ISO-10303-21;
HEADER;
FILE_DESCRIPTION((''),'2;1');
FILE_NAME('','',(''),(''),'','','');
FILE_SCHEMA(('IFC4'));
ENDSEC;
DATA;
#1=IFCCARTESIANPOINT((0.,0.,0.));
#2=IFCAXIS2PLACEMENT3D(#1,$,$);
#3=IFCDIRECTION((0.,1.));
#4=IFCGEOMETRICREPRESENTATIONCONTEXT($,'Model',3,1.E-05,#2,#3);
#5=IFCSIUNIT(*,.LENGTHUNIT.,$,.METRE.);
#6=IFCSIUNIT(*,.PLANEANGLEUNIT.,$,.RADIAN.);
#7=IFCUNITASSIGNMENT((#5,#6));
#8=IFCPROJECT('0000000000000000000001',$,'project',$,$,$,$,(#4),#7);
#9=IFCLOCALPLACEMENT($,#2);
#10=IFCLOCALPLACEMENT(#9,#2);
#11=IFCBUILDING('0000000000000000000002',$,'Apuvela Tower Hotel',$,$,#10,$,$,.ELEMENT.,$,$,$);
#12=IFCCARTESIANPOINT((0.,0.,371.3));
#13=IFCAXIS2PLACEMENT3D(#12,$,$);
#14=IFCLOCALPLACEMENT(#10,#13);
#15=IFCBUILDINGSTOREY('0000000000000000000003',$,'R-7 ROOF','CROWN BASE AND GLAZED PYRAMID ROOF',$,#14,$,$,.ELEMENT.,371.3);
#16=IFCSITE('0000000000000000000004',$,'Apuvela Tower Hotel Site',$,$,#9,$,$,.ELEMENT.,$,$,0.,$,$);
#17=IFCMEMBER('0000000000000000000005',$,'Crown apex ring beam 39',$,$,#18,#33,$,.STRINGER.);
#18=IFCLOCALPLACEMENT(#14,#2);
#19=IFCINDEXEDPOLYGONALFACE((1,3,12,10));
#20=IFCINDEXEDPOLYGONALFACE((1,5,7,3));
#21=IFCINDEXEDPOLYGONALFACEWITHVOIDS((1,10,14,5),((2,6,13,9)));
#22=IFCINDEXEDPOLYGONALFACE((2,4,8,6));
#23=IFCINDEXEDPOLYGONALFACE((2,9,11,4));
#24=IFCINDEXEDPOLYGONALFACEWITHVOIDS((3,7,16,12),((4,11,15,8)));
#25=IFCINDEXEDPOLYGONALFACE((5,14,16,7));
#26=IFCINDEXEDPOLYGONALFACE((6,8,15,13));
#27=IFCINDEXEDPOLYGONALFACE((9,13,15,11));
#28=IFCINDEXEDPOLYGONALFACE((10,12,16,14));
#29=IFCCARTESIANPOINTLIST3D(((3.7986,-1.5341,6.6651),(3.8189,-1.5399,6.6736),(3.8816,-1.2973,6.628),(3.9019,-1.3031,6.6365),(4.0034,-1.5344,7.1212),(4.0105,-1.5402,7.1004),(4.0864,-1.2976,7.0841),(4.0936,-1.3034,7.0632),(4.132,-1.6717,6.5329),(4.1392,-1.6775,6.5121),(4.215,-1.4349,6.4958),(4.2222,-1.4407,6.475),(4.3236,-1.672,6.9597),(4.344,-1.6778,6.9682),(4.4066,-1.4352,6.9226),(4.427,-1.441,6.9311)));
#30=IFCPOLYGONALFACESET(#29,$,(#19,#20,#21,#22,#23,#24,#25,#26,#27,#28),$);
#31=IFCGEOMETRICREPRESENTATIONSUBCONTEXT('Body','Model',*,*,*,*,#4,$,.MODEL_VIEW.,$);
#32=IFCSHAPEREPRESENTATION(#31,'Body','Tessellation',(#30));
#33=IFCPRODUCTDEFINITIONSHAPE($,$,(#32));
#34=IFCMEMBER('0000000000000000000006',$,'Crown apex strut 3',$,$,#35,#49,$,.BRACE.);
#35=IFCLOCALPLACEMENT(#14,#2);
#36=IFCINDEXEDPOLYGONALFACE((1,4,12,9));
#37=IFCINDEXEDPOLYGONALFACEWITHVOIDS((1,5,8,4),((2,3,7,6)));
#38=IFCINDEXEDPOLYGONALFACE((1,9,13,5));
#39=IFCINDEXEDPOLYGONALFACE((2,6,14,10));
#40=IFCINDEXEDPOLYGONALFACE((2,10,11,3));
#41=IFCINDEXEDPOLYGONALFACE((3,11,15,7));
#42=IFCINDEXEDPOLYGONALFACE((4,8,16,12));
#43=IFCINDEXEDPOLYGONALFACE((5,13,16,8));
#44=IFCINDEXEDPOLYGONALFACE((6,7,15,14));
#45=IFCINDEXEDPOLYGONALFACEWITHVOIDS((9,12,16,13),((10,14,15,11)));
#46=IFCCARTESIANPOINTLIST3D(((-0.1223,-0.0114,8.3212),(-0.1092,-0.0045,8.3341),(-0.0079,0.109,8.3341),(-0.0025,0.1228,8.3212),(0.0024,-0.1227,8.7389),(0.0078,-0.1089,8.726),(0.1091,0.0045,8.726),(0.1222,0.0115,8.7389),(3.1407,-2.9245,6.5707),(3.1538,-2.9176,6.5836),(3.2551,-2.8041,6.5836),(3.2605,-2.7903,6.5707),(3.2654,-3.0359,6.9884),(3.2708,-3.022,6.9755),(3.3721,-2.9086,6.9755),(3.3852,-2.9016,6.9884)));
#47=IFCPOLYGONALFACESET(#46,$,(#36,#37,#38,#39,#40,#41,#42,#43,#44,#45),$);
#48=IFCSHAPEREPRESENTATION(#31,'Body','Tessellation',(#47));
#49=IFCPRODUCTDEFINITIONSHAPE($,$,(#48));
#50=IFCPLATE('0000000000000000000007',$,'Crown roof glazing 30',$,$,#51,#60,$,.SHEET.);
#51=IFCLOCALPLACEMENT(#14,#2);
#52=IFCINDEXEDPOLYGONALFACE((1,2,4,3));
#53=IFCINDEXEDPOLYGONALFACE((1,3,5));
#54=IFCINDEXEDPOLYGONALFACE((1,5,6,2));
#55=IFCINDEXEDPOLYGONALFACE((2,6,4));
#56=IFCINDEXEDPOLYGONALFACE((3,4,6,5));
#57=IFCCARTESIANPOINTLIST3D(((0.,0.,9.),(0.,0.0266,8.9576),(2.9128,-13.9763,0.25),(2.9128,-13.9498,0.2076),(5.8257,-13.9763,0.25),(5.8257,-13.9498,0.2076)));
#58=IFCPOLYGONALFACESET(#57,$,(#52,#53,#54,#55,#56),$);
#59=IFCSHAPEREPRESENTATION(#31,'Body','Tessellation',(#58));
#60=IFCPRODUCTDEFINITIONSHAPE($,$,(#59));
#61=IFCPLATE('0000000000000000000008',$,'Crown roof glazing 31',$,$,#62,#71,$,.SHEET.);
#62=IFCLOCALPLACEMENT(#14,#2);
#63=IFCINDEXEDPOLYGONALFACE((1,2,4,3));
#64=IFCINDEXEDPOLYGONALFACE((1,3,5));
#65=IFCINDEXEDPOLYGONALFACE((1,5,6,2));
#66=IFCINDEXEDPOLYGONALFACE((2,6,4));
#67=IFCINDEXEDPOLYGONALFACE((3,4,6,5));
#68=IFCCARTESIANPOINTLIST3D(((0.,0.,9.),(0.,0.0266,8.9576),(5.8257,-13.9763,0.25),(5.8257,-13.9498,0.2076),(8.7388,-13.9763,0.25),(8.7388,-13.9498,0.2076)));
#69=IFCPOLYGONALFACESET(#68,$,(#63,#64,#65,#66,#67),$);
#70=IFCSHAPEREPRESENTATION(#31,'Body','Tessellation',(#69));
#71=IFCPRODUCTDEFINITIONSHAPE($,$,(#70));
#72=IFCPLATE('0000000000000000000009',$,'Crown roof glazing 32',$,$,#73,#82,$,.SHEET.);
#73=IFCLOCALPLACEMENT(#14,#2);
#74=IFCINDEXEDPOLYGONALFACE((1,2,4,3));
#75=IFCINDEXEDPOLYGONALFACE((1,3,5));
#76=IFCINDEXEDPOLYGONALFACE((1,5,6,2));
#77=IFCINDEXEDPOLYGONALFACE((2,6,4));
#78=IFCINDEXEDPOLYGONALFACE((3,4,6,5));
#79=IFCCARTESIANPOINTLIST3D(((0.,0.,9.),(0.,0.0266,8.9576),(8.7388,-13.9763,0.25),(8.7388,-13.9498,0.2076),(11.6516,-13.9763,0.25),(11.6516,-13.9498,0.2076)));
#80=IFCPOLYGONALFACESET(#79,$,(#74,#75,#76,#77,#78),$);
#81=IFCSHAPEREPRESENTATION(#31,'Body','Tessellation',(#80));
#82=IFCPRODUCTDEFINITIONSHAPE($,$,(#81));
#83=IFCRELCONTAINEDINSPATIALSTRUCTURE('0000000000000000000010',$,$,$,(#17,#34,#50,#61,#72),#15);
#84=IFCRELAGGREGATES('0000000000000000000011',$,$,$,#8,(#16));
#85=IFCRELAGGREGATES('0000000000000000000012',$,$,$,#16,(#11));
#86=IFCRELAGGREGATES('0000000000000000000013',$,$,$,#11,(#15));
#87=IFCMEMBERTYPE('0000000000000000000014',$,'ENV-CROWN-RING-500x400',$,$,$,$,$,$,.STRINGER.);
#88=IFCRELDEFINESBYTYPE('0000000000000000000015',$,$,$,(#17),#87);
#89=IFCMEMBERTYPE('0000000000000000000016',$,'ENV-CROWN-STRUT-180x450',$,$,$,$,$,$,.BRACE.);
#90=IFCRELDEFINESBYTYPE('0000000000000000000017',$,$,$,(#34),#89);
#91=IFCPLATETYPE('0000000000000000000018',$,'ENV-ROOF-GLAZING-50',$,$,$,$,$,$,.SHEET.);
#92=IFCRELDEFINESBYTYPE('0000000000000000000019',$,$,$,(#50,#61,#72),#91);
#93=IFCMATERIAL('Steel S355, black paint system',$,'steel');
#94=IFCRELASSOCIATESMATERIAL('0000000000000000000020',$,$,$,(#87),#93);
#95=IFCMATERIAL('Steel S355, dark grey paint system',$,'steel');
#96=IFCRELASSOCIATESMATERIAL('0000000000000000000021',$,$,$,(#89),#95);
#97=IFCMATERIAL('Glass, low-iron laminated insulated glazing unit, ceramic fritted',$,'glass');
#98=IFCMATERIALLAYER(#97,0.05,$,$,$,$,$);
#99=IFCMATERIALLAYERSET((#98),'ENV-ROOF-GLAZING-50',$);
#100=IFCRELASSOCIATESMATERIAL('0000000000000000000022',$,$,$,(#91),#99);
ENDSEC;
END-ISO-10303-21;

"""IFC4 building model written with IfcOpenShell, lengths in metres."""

from ifc_helpers import new_model, si_unit, direction, frame, origin, origin_2d, place, context, subcontext, project, spatial, polyline, hollow_rectangle, outline, extrude, material, layer, layer_set, material_profile, profile_set, type_object, element, save


model = new_model("IFC4")

# Units and contexts
model_context = context("Model", 3, precision=1e-05, world=origin(), true_north=direction((0.0, 1.0)))
body_context = subcontext(model_context, "Body", "Model", "MODEL_VIEW")
ifc_project = project(units=[si_unit("LENGTHUNIT", "METRE"), si_unit("PLANEANGLEUNIT", "RADIAN")], contexts=[model_context])

# Site, building, storey
site_placement = place(None, origin())
site = spatial("IfcSite", under=ifc_project, at=site_placement, Name="Apuvela Tower Hotel Site", CompositionType="ELEMENT", RefElevation=0.0)
building_placement = place(site_placement, origin())
building = spatial("IfcBuilding", under=site, at=building_placement, Name="Apuvela Tower Hotel", CompositionType="ELEMENT")
storey_placement = place(building_placement, frame((0.0, 0.0, 371.3)))
storey = spatial("IfcBuildingStorey", under=building, at=storey_placement, Name="R-7 ROOF", Description="CROWN BASE AND GLAZED PYRAMID ROOF", CompositionType="ELEMENT", Elevation=371.3)

# Members
ifc_material_1 = material(Name="Steel S355, dark grey paint system", Category="steel")
ifc_material_2 = material(Name="Steel S355, black paint system", Category="steel")
ifc_material_profile_1 = material_profile(ifc_material_2, hollow_rectangle(XDim=0.3999, YDim=0.5, WallThickness=0.0161, at=origin_2d()), Name="HSS 500x400x16")
ifc_profile_set_1 = profile_set([ifc_material_profile_1], Name="Steel S355, black paint system")
member_type_1 = type_object("IfcMemberType", Name="ENV-CROWN-RING-500x400", PredefinedType="STRINGER", material=ifc_profile_set_1)
member_1_placement = place(storey_placement, frame((4.0713, -1.606, 6.8167), z_axis=(0.327225, 0.933554, -0.146289), x_axis=(-0.85155, 0.358436, 0.382605)))
element("IfcMember", 1, at=member_1_placement, inside=storey, type_object=member_type_1, Name="Crown apex ring beam 39", PredefinedType="STRINGER", context=body_context, shape_type="SweptSolid", body=[
    extrude(hollow_rectangle(XDim=0.3999, YDim=0.5, WallThickness=0.0161, at=origin_2d()), origin(), (0.0, 0.0, 1.0), 0.2537),
])
ifc_material_profile_2 = material_profile(ifc_material_1, hollow_rectangle(XDim=0.1799, YDim=0.45, WallThickness=0.0139, at=origin_2d()), Name="HSS 450x180x14")
ifc_profile_set_2 = profile_set([ifc_material_profile_2], Name="Steel S355, dark grey paint system")
member_type_2 = type_object("IfcMemberType", Name="ENV-CROWN-STRUT-180x450", PredefinedType="BRACE", material=ifc_profile_set_2)
member_2_placement = place(storey_placement, frame((3.2629, -2.9131, 6.7795), z_axis=(-0.692566, 0.618309, 0.371545), x_axis=(-0.665984, -0.745966, 0.0)))
element("IfcMember", 2, at=member_2_placement, inside=storey, type_object=member_type_2, Name="Crown apex strut 3", PredefinedType="BRACE", context=body_context, shape_type="SweptSolid", body=[
    extrude(hollow_rectangle(XDim=0.1799, YDim=0.45, WallThickness=0.0139, at=origin_2d()), origin(), (0.0, 0.0, 1.0), 4.7114),
])

# Plates
ifc_material_3 = material(Name="Glass, low-iron laminated insulated glazing unit, ceramic fritted", Category="glass")
ifc_layer = layer(ifc_material_3, 0.05)
ifc_layer_set = layer_set([ifc_layer], Name="ENV-ROOF-GLAZING-50")
plate_type = type_object("IfcPlateType", Name="ENV-ROOF-GLAZING-50", PredefinedType="SHEET", material=ifc_layer_set)
plate_1_placement = place(storey_placement, frame((2.9128, -13.9763, 0.25), z_axis=(0.0, -0.530644, 0.847595), x_axis=(1.0, 0.0, 0.0)))
element("IfcPlate", 3, at=plate_1_placement, inside=storey, type_object=plate_type, Name="Crown roof glazing 30", PredefinedType="SHEET", context=body_context, shape_type="SweptSolid", body=[
    extrude(outline(polyline([(0.0, 0.0), (2.9128, 0.0), (-2.9128, 16.4894), (0.0, 0.0)])), origin(), (0.0, 0.0, -1.0), 0.05),
])
plate_2_placement = place(storey_placement, frame((5.8257, -13.9763, 0.25), z_axis=(0.0, -0.530644, 0.847595), x_axis=(1.0, 0.0, 0.0)))
element("IfcPlate", 4, at=plate_2_placement, inside=storey, type_object=plate_type, Name="Crown roof glazing 31", PredefinedType="SHEET", context=body_context, shape_type="SweptSolid", body=[
    extrude(outline(polyline([(0.0, 0.0), (2.9131, 0.0), (-5.8257, 16.4894), (0.0, 0.0)])), origin(), (0.0, 0.0, -1.0), 0.05),
])
plate_3_placement = place(storey_placement, frame((8.7388, -13.9763, 0.25), z_axis=(0.0, -0.530644, 0.847595), x_axis=(1.0, 0.0, 0.0)))
element("IfcPlate", 5, at=plate_3_placement, inside=storey, type_object=plate_type, Name="Crown roof glazing 32", PredefinedType="SHEET", context=body_context, shape_type="SweptSolid", body=[
    extrude(outline(polyline([(0.0, 0.0), (2.9128, 0.0), (-8.7388, 16.4894), (0.0, 0.0)])), origin(), (0.0, 0.0, -1.0), 0.05),
])

save(model, "model.ifc")
